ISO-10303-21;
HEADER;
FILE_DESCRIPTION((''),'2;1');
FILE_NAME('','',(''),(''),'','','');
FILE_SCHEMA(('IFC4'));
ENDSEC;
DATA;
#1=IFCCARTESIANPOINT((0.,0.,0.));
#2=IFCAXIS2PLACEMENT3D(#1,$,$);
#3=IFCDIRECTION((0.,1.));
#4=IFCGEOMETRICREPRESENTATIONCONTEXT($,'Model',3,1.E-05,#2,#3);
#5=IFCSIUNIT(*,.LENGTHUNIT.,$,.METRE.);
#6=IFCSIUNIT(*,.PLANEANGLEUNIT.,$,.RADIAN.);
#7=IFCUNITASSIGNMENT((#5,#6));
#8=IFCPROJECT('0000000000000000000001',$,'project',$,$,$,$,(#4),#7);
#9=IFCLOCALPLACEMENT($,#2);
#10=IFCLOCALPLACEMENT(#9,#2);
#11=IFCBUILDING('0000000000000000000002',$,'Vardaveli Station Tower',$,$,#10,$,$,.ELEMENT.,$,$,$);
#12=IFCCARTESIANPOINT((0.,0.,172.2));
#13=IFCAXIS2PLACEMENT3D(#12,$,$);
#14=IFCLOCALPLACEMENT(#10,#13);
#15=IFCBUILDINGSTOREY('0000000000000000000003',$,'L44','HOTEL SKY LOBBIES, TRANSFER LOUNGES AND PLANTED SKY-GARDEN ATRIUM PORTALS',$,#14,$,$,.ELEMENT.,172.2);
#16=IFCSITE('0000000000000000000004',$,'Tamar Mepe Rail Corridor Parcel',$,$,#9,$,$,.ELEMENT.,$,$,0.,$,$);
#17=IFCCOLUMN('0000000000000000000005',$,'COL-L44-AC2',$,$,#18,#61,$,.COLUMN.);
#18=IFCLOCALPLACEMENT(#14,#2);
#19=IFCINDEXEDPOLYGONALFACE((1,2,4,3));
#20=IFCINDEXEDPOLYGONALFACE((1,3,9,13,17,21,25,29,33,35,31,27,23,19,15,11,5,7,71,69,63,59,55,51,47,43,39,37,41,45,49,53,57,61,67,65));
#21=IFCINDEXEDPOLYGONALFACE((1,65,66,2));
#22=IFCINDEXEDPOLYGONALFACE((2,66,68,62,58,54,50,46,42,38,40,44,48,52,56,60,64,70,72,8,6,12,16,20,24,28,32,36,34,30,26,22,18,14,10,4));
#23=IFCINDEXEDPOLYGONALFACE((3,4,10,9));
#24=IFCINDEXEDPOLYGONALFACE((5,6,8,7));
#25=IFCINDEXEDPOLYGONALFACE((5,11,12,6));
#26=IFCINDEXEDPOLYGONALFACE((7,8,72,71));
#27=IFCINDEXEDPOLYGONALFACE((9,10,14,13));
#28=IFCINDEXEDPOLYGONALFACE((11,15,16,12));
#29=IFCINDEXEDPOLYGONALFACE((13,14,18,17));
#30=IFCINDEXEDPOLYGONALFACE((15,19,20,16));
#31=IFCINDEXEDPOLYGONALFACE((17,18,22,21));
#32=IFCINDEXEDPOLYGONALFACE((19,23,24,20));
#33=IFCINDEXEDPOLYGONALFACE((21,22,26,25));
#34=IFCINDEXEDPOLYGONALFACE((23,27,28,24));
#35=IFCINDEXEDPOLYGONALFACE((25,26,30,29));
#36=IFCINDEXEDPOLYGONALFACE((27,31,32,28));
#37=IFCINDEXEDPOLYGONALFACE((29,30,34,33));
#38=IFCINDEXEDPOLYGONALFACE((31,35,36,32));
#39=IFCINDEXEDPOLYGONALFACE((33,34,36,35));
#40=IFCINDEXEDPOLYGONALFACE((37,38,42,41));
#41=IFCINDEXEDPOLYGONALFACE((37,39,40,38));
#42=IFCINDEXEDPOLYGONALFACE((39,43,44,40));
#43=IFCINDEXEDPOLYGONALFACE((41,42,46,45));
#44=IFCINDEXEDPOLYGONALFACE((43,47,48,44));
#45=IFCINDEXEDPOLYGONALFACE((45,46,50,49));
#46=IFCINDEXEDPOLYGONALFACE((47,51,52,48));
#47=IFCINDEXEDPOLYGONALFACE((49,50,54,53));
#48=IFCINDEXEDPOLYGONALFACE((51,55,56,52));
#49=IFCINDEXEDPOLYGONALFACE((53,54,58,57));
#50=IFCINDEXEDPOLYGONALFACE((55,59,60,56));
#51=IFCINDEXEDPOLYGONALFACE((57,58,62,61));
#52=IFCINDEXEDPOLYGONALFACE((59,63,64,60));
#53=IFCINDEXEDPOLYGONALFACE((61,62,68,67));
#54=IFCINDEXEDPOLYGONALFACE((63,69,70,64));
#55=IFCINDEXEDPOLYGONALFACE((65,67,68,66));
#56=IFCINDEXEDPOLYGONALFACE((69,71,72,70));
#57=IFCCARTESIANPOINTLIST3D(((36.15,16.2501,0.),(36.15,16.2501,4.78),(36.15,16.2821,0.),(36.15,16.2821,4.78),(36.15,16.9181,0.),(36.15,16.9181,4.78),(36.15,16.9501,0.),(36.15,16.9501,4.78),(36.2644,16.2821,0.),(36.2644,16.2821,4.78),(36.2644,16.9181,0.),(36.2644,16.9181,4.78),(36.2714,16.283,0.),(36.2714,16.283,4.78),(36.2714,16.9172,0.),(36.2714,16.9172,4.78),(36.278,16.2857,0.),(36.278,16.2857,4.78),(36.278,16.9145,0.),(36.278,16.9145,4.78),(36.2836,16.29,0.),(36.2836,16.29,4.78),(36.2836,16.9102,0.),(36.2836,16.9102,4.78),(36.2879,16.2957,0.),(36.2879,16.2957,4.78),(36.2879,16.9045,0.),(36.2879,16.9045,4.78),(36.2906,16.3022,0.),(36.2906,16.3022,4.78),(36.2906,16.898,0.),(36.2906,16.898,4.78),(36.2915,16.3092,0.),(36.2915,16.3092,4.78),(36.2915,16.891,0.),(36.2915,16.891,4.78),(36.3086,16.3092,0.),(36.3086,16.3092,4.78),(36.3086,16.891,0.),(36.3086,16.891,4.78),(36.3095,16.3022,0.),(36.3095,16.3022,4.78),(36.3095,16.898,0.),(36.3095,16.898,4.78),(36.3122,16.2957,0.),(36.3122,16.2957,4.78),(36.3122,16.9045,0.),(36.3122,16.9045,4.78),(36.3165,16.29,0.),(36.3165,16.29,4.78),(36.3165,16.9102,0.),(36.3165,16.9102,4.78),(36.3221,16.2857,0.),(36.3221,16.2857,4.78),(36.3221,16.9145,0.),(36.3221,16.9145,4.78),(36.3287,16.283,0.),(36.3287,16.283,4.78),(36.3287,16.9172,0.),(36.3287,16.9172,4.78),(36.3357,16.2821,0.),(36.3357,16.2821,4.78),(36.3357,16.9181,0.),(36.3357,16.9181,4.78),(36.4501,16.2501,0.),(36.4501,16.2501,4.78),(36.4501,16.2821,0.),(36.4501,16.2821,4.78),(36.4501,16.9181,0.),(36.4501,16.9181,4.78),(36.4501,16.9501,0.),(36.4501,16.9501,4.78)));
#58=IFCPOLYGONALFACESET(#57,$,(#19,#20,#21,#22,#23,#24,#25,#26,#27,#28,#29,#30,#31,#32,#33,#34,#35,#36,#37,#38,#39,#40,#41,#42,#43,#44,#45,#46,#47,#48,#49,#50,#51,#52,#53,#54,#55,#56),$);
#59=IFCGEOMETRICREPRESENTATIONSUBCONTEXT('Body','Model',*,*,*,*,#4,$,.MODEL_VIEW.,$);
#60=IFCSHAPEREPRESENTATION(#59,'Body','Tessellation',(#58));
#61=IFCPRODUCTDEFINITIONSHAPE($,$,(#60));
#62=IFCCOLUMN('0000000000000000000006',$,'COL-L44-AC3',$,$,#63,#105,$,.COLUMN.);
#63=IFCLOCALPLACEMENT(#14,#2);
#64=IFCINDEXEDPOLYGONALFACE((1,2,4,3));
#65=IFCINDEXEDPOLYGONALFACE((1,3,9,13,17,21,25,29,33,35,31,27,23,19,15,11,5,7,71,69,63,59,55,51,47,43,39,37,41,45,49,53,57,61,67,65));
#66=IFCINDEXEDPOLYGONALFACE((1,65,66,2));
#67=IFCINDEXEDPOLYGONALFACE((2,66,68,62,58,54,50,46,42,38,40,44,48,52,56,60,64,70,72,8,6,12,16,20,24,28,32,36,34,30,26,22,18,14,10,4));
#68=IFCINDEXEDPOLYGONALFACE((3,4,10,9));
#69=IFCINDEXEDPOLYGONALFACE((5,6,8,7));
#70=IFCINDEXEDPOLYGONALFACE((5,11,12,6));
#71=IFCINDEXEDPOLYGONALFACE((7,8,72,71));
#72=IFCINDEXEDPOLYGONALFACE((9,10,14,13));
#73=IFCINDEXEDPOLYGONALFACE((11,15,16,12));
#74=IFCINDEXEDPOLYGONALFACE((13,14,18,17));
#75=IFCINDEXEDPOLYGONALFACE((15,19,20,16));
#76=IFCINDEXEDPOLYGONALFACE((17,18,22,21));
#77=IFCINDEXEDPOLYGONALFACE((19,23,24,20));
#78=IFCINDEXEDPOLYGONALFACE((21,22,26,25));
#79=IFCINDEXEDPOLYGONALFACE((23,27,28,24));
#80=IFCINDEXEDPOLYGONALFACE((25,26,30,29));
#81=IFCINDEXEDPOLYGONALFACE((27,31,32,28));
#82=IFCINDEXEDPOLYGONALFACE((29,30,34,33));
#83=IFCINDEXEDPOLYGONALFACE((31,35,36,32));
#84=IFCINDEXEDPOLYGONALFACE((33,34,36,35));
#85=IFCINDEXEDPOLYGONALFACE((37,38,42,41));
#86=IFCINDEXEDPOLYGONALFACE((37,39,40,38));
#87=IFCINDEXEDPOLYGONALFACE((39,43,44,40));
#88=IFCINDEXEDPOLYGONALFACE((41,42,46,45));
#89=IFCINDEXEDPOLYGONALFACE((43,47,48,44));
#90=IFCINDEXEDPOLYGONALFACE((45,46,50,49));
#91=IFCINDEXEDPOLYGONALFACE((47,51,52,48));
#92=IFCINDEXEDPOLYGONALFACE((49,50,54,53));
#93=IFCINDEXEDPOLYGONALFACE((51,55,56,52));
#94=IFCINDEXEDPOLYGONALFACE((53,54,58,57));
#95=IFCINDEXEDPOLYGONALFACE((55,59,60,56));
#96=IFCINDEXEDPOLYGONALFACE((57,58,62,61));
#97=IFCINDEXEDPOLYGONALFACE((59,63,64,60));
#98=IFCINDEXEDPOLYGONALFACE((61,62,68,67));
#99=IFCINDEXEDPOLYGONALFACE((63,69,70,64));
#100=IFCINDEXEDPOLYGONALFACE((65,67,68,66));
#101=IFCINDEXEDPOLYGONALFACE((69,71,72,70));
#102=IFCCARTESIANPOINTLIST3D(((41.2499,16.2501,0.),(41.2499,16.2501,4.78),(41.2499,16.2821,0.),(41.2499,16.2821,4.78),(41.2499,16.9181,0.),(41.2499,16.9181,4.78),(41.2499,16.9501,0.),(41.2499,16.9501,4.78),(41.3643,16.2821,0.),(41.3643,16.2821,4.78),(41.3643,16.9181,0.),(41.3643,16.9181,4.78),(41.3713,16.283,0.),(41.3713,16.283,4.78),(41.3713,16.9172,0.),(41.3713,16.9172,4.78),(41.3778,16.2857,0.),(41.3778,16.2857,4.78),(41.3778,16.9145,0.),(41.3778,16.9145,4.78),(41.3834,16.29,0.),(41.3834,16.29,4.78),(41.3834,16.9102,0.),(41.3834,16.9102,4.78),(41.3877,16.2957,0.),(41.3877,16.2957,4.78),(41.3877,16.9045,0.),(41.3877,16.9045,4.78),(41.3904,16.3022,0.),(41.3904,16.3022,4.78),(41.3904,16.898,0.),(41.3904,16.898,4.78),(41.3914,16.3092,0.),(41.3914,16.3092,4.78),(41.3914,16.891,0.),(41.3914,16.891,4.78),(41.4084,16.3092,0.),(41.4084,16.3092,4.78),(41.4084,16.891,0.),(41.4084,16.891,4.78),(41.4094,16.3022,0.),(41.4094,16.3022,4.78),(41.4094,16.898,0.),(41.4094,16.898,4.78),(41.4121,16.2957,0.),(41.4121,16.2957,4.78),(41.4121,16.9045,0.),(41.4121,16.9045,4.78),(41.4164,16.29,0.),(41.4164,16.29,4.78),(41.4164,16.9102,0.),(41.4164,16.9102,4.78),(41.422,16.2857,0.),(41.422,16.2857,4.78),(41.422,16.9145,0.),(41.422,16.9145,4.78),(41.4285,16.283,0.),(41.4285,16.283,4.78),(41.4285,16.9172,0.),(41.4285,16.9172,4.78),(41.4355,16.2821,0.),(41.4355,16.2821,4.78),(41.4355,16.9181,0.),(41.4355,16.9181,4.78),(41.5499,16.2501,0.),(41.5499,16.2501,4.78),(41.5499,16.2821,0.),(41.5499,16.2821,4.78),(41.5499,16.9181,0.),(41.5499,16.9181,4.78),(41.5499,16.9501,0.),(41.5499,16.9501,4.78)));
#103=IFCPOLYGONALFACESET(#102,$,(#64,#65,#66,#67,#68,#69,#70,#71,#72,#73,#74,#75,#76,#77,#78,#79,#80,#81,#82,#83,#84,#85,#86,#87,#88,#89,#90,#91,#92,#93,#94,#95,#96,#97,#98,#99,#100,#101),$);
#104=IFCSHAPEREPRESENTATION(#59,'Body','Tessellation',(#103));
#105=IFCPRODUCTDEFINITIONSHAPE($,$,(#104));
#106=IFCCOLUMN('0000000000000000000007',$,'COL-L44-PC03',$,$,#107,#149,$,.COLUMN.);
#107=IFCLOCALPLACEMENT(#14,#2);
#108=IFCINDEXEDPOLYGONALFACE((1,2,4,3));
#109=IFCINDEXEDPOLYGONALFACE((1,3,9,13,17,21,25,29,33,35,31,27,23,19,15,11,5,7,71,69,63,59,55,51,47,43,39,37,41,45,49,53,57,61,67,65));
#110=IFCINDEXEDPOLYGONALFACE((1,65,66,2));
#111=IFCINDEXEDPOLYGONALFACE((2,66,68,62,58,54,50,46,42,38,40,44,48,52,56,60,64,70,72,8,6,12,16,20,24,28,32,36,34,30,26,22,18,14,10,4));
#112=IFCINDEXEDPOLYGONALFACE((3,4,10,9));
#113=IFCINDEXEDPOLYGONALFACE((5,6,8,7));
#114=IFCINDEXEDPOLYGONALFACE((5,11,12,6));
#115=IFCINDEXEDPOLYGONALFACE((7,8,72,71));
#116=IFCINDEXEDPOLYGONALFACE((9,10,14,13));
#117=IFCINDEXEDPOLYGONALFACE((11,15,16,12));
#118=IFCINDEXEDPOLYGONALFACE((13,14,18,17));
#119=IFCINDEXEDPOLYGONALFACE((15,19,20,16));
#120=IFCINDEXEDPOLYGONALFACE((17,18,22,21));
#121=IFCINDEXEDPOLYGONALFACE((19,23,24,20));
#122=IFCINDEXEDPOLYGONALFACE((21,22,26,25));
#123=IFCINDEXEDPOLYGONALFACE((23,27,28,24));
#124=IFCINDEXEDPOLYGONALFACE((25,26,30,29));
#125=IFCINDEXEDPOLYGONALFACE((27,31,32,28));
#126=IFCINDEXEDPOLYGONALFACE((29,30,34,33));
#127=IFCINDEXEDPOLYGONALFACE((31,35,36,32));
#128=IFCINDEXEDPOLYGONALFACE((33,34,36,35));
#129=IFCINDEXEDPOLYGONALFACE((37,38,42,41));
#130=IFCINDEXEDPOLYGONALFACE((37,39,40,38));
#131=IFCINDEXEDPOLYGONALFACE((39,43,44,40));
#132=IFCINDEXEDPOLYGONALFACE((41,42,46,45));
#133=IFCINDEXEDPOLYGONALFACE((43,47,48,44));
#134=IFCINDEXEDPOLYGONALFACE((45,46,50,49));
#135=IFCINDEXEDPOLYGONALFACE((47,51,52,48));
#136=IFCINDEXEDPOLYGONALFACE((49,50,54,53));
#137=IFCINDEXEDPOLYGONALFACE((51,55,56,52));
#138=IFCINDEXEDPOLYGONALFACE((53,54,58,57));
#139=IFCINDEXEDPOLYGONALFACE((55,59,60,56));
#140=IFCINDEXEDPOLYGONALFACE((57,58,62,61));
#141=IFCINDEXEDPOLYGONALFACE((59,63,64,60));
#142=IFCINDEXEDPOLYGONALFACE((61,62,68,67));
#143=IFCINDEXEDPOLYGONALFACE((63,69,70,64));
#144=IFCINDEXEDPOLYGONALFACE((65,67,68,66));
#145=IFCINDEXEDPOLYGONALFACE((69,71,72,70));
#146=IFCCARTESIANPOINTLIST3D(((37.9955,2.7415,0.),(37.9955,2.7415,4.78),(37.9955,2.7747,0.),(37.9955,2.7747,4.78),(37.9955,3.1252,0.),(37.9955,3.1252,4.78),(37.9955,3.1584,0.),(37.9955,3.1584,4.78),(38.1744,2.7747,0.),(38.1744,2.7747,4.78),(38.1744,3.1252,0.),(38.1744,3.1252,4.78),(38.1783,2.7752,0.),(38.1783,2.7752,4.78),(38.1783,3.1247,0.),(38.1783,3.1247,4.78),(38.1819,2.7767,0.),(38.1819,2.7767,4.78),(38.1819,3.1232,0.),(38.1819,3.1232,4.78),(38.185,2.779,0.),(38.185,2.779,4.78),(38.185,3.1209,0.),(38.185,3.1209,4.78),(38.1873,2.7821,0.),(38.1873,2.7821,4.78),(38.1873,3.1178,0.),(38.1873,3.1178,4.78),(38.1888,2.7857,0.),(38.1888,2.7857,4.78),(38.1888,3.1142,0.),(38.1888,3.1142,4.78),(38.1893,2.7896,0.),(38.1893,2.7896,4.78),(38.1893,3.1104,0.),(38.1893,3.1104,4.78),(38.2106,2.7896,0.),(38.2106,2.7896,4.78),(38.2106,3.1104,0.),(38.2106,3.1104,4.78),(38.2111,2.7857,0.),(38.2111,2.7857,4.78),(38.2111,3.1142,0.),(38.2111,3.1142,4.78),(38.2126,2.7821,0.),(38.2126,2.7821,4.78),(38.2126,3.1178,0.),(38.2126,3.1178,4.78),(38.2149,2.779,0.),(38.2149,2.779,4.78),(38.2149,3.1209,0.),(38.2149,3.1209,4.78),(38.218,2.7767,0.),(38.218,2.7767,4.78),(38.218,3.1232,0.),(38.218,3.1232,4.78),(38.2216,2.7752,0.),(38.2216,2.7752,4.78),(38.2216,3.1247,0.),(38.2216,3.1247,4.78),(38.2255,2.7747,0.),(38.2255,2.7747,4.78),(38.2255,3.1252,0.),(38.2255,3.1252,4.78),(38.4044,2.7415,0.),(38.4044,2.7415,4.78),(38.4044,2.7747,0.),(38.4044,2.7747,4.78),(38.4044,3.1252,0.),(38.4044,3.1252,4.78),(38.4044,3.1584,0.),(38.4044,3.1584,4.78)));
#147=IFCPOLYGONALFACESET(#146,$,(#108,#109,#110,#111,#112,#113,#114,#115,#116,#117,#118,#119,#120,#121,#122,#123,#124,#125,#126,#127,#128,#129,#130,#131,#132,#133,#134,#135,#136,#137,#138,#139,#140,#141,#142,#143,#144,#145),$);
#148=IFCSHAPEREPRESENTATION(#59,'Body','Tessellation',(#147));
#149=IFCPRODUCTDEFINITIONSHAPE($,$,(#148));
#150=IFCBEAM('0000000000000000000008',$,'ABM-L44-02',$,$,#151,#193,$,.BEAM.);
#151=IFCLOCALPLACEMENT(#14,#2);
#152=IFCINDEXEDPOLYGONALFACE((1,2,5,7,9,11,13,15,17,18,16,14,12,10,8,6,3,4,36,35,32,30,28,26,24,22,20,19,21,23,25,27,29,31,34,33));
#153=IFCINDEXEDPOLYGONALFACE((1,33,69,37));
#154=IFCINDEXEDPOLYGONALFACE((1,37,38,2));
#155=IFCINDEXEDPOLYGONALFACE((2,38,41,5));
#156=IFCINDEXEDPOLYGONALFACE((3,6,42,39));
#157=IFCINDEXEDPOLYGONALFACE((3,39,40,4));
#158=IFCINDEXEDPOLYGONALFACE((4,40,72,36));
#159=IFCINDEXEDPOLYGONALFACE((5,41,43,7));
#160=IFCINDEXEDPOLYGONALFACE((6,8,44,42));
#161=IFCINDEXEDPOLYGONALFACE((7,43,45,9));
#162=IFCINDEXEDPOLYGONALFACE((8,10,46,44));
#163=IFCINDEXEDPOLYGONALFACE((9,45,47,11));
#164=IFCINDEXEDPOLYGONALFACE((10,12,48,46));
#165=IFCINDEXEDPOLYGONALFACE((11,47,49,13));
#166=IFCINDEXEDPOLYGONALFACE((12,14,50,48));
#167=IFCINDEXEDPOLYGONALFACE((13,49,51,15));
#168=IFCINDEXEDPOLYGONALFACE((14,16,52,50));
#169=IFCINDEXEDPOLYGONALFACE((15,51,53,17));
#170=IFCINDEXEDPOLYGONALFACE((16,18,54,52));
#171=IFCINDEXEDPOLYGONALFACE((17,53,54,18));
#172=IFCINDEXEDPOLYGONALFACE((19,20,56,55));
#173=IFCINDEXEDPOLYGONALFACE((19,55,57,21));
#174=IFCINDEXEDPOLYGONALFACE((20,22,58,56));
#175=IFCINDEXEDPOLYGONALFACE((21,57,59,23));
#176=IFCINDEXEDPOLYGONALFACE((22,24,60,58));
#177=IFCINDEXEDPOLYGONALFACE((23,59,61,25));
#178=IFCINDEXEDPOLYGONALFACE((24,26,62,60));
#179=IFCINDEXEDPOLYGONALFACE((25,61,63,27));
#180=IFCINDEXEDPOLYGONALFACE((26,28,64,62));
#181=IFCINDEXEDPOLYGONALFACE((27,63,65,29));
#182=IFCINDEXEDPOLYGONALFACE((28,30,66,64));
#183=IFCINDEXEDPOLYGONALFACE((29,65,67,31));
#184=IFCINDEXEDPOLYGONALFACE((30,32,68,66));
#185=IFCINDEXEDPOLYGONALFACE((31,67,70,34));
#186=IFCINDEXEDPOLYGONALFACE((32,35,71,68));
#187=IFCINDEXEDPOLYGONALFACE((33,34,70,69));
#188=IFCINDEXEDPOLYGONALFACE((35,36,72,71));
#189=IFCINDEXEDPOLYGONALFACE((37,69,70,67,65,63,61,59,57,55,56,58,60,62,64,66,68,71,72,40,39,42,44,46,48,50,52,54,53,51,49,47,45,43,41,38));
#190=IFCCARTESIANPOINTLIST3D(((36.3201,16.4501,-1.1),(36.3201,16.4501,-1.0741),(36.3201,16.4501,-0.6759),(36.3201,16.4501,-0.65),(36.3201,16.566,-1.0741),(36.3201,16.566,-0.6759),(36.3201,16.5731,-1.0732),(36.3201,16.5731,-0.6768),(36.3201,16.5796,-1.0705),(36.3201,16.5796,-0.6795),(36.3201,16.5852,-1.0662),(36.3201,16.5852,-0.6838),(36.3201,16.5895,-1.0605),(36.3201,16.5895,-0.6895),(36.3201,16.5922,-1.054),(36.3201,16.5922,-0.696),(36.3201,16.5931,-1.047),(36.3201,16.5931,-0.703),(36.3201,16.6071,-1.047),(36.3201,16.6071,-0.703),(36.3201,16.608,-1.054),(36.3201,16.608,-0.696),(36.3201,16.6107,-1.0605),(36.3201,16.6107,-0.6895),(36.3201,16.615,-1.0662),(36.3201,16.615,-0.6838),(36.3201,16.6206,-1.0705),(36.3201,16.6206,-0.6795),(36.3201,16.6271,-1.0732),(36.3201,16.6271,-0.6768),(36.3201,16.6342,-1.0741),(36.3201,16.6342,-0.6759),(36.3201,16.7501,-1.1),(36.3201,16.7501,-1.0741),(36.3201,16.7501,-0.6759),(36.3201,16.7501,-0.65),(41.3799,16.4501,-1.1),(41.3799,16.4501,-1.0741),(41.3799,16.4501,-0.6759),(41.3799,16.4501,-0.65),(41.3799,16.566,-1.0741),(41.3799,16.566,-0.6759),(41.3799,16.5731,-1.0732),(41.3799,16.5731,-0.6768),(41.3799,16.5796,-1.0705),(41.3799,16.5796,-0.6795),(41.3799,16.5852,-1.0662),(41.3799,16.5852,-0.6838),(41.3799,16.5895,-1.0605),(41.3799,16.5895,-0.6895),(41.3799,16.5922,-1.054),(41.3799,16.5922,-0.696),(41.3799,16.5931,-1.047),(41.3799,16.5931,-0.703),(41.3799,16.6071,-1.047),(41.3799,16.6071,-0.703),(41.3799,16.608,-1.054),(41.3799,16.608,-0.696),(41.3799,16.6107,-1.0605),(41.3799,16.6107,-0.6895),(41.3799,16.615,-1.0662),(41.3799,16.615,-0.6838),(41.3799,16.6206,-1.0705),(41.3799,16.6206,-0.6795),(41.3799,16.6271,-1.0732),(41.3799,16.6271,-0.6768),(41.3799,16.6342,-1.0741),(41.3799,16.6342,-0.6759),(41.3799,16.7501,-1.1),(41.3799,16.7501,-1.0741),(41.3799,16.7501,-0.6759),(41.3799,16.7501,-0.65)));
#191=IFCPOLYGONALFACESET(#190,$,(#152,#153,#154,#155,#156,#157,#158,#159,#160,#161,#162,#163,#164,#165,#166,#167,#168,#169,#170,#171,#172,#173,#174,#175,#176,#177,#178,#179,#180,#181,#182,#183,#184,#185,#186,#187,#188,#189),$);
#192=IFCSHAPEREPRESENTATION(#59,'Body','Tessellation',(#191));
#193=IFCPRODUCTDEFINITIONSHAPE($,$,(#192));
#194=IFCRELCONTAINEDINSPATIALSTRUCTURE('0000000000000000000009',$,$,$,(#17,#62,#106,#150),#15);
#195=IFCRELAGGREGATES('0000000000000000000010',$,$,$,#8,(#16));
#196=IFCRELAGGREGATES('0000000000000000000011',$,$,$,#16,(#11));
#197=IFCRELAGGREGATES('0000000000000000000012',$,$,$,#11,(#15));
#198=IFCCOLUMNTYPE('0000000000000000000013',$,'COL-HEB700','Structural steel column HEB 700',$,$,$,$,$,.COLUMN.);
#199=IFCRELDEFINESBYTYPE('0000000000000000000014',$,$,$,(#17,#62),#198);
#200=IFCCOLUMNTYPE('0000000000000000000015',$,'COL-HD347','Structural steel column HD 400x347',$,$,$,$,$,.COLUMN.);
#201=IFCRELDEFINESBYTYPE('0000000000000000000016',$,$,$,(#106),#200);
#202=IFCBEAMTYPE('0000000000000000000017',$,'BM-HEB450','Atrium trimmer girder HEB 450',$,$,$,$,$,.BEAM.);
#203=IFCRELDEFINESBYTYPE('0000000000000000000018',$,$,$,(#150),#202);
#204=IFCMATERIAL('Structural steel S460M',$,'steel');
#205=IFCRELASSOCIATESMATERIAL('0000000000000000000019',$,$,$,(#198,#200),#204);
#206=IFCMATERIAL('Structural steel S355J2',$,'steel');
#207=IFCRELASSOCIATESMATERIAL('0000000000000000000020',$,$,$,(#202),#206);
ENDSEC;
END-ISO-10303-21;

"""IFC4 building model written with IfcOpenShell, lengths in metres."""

from ifc_helpers import new_model, si_unit, direction, frame, origin, origin_2d, place, context, subcontext, project, spatial, i_section, extrude, source, transform, mapped, material, material_profile, profile_set, type_object, element, save


model = new_model("IFC4")

# Units and contexts
model_context = context("Model", 3, precision=1e-05, world=origin(), true_north=direction((0.0, 1.0)))
body_context = subcontext(model_context, "Body", "Model", "MODEL_VIEW")
ifc_project = project(units=[si_unit("LENGTHUNIT", "METRE"), si_unit("PLANEANGLEUNIT", "RADIAN")], contexts=[model_context])

# Site, building, storey
site_placement = place(None, origin())
site = spatial("IfcSite", under=ifc_project, at=site_placement, Name="Tamar Mepe Rail Corridor Parcel", CompositionType="ELEMENT", RefElevation=0.0)
building_placement = place(site_placement, origin())
building = spatial("IfcBuilding", under=site, at=building_placement, Name="Vardaveli Station Tower", CompositionType="ELEMENT")
storey_placement = place(building_placement, frame((0.0, 0.0, 172.2)))
storey = spatial("IfcBuildingStorey", under=building, at=storey_placement, Name="L44", Description="HOTEL SKY LOBBIES, TRANSFER LOUNGES AND PLANTED SKY-GARDEN ATRIUM PORTALS", CompositionType="ELEMENT", Elevation=172.2)

# Columns
ifc_material_1 = material(Name="Structural steel S460M", Category="steel")
ifc_material_profile_1 = material_profile(ifc_material_1, i_section(OverallWidth=0.3, OverallDepth=0.7, WebThickness=0.0171, FlangeThickness=0.032, FilletRadius=0.0271, at=origin_2d()), Name="HEB 700")
ifc_profile_set_1 = profile_set([ifc_material_profile_1], Name="Structural steel S460M")
column_type_1 = type_object("IfcColumnType", Name="COL-HEB700", Description="Structural steel column HEB 700", PredefinedType="COLUMN", material=ifc_profile_set_1)
shared_shape_1 = source(origin(), body_context, "Body", "SweptSolid", [
    extrude(i_section(OverallWidth=0.3, OverallDepth=0.7, WebThickness=0.0171, FlangeThickness=0.032, FilletRadius=0.0271, at=origin_2d()), origin(), (0.0, 0.0, 1.0), 4.78),
])
for number, where, z_axis, x_axis, name in (
    (1, (36.3, 16.6001, 0.0), (0.0, 0.0, 1.0), (1.0, 0.0, 0.0), "COL-L44-AC2"),
    (2, (41.3999, 16.6001, 0.0), (0.0, 0.0, 1.0), (1.0, 0.0, 0.0), "COL-L44-AC3"),
):
    element("IfcColumn", number, at=place(storey_placement, frame(where, z_axis=z_axis, x_axis=x_axis)), inside=storey, type_object=column_type_1, Name=name, PredefinedType="COLUMN", context=body_context, shape_type="MappedRepresentation", body=[
        mapped(shared_shape_1, transform((0.0, 0.0, 0.0), scale=1.0)),
    ])
ifc_material_profile_2 = material_profile(ifc_material_1, i_section(OverallWidth=0.4089, OverallDepth=0.417, WebThickness=0.0212, FlangeThickness=0.0332, FilletRadius=0.0149, at=origin_2d()), Name="HD 400x347")
ifc_profile_set_2 = profile_set([ifc_material_profile_2], Name="Structural steel S460M")
column_type_2 = type_object("IfcColumnType", Name="COL-HD347", Description="Structural steel column HD 400x347", PredefinedType="COLUMN", material=ifc_profile_set_2)
shared_shape_2 = source(origin(), body_context, "Body", "SweptSolid", [
    extrude(i_section(OverallWidth=0.4089, OverallDepth=0.417, WebThickness=0.0212, FlangeThickness=0.0332, FilletRadius=0.0149, at=origin_2d()), origin(), (0.0, 0.0, 1.0), 4.78),
])
column_placement = place(storey_placement, frame((38.2, 2.95, 0.0), z_axis=(0.0, 0.0, 1.0), x_axis=(1.0, 0.0, 0.0)))
element("IfcColumn", 3, at=column_placement, inside=storey, type_object=column_type_2, Name="COL-L44-PC03", PredefinedType="COLUMN", context=body_context, shape_type="MappedRepresentation", body=[
    mapped(shared_shape_2, transform((0.0, 0.0, 0.0), scale=1.0)),
])

# Beam
ifc_material_2 = material(Name="Structural steel S355J2", Category="steel")
ifc_material_profile_3 = material_profile(ifc_material_2, i_section(OverallWidth=0.3, OverallDepth=0.45, WebThickness=0.0139, FlangeThickness=0.0259, FilletRadius=0.0271, at=origin_2d()), Name="HEB 450")
ifc_profile_set_3 = profile_set([ifc_material_profile_3], Name="Structural steel S355J2")
beam_type_1 = type_object("IfcBeamType", Name="BM-HEB450", Description="Atrium trimmer girder HEB 450", PredefinedType="BEAM", material=ifc_profile_set_3)
shared_shape_3 = source(origin(), body_context, "Body", "SweptSolid", [
    extrude(i_section(OverallWidth=0.3, OverallDepth=0.45, WebThickness=0.0139, FlangeThickness=0.0259, FilletRadius=0.0271, at=origin_2d()), origin(), (0.0, 0.0, 1.0), 5.0598),
])
beam_1_placement = place(storey_placement, frame((36.3201, 16.6001, -0.875), z_axis=(1.0, 0.0, 0.0), x_axis=(0.0, 1.0, 0.0)))
element("IfcBeam", 4, at=beam_1_placement, inside=storey, type_object=beam_type_1, Name="ABM-L44-02", PredefinedType="BEAM", context=body_context, shape_type="MappedRepresentation", body=[
    mapped(shared_shape_3, transform((0.0, 0.0, 0.0), scale=1.0)),
])

save(model, "model.ifc")
